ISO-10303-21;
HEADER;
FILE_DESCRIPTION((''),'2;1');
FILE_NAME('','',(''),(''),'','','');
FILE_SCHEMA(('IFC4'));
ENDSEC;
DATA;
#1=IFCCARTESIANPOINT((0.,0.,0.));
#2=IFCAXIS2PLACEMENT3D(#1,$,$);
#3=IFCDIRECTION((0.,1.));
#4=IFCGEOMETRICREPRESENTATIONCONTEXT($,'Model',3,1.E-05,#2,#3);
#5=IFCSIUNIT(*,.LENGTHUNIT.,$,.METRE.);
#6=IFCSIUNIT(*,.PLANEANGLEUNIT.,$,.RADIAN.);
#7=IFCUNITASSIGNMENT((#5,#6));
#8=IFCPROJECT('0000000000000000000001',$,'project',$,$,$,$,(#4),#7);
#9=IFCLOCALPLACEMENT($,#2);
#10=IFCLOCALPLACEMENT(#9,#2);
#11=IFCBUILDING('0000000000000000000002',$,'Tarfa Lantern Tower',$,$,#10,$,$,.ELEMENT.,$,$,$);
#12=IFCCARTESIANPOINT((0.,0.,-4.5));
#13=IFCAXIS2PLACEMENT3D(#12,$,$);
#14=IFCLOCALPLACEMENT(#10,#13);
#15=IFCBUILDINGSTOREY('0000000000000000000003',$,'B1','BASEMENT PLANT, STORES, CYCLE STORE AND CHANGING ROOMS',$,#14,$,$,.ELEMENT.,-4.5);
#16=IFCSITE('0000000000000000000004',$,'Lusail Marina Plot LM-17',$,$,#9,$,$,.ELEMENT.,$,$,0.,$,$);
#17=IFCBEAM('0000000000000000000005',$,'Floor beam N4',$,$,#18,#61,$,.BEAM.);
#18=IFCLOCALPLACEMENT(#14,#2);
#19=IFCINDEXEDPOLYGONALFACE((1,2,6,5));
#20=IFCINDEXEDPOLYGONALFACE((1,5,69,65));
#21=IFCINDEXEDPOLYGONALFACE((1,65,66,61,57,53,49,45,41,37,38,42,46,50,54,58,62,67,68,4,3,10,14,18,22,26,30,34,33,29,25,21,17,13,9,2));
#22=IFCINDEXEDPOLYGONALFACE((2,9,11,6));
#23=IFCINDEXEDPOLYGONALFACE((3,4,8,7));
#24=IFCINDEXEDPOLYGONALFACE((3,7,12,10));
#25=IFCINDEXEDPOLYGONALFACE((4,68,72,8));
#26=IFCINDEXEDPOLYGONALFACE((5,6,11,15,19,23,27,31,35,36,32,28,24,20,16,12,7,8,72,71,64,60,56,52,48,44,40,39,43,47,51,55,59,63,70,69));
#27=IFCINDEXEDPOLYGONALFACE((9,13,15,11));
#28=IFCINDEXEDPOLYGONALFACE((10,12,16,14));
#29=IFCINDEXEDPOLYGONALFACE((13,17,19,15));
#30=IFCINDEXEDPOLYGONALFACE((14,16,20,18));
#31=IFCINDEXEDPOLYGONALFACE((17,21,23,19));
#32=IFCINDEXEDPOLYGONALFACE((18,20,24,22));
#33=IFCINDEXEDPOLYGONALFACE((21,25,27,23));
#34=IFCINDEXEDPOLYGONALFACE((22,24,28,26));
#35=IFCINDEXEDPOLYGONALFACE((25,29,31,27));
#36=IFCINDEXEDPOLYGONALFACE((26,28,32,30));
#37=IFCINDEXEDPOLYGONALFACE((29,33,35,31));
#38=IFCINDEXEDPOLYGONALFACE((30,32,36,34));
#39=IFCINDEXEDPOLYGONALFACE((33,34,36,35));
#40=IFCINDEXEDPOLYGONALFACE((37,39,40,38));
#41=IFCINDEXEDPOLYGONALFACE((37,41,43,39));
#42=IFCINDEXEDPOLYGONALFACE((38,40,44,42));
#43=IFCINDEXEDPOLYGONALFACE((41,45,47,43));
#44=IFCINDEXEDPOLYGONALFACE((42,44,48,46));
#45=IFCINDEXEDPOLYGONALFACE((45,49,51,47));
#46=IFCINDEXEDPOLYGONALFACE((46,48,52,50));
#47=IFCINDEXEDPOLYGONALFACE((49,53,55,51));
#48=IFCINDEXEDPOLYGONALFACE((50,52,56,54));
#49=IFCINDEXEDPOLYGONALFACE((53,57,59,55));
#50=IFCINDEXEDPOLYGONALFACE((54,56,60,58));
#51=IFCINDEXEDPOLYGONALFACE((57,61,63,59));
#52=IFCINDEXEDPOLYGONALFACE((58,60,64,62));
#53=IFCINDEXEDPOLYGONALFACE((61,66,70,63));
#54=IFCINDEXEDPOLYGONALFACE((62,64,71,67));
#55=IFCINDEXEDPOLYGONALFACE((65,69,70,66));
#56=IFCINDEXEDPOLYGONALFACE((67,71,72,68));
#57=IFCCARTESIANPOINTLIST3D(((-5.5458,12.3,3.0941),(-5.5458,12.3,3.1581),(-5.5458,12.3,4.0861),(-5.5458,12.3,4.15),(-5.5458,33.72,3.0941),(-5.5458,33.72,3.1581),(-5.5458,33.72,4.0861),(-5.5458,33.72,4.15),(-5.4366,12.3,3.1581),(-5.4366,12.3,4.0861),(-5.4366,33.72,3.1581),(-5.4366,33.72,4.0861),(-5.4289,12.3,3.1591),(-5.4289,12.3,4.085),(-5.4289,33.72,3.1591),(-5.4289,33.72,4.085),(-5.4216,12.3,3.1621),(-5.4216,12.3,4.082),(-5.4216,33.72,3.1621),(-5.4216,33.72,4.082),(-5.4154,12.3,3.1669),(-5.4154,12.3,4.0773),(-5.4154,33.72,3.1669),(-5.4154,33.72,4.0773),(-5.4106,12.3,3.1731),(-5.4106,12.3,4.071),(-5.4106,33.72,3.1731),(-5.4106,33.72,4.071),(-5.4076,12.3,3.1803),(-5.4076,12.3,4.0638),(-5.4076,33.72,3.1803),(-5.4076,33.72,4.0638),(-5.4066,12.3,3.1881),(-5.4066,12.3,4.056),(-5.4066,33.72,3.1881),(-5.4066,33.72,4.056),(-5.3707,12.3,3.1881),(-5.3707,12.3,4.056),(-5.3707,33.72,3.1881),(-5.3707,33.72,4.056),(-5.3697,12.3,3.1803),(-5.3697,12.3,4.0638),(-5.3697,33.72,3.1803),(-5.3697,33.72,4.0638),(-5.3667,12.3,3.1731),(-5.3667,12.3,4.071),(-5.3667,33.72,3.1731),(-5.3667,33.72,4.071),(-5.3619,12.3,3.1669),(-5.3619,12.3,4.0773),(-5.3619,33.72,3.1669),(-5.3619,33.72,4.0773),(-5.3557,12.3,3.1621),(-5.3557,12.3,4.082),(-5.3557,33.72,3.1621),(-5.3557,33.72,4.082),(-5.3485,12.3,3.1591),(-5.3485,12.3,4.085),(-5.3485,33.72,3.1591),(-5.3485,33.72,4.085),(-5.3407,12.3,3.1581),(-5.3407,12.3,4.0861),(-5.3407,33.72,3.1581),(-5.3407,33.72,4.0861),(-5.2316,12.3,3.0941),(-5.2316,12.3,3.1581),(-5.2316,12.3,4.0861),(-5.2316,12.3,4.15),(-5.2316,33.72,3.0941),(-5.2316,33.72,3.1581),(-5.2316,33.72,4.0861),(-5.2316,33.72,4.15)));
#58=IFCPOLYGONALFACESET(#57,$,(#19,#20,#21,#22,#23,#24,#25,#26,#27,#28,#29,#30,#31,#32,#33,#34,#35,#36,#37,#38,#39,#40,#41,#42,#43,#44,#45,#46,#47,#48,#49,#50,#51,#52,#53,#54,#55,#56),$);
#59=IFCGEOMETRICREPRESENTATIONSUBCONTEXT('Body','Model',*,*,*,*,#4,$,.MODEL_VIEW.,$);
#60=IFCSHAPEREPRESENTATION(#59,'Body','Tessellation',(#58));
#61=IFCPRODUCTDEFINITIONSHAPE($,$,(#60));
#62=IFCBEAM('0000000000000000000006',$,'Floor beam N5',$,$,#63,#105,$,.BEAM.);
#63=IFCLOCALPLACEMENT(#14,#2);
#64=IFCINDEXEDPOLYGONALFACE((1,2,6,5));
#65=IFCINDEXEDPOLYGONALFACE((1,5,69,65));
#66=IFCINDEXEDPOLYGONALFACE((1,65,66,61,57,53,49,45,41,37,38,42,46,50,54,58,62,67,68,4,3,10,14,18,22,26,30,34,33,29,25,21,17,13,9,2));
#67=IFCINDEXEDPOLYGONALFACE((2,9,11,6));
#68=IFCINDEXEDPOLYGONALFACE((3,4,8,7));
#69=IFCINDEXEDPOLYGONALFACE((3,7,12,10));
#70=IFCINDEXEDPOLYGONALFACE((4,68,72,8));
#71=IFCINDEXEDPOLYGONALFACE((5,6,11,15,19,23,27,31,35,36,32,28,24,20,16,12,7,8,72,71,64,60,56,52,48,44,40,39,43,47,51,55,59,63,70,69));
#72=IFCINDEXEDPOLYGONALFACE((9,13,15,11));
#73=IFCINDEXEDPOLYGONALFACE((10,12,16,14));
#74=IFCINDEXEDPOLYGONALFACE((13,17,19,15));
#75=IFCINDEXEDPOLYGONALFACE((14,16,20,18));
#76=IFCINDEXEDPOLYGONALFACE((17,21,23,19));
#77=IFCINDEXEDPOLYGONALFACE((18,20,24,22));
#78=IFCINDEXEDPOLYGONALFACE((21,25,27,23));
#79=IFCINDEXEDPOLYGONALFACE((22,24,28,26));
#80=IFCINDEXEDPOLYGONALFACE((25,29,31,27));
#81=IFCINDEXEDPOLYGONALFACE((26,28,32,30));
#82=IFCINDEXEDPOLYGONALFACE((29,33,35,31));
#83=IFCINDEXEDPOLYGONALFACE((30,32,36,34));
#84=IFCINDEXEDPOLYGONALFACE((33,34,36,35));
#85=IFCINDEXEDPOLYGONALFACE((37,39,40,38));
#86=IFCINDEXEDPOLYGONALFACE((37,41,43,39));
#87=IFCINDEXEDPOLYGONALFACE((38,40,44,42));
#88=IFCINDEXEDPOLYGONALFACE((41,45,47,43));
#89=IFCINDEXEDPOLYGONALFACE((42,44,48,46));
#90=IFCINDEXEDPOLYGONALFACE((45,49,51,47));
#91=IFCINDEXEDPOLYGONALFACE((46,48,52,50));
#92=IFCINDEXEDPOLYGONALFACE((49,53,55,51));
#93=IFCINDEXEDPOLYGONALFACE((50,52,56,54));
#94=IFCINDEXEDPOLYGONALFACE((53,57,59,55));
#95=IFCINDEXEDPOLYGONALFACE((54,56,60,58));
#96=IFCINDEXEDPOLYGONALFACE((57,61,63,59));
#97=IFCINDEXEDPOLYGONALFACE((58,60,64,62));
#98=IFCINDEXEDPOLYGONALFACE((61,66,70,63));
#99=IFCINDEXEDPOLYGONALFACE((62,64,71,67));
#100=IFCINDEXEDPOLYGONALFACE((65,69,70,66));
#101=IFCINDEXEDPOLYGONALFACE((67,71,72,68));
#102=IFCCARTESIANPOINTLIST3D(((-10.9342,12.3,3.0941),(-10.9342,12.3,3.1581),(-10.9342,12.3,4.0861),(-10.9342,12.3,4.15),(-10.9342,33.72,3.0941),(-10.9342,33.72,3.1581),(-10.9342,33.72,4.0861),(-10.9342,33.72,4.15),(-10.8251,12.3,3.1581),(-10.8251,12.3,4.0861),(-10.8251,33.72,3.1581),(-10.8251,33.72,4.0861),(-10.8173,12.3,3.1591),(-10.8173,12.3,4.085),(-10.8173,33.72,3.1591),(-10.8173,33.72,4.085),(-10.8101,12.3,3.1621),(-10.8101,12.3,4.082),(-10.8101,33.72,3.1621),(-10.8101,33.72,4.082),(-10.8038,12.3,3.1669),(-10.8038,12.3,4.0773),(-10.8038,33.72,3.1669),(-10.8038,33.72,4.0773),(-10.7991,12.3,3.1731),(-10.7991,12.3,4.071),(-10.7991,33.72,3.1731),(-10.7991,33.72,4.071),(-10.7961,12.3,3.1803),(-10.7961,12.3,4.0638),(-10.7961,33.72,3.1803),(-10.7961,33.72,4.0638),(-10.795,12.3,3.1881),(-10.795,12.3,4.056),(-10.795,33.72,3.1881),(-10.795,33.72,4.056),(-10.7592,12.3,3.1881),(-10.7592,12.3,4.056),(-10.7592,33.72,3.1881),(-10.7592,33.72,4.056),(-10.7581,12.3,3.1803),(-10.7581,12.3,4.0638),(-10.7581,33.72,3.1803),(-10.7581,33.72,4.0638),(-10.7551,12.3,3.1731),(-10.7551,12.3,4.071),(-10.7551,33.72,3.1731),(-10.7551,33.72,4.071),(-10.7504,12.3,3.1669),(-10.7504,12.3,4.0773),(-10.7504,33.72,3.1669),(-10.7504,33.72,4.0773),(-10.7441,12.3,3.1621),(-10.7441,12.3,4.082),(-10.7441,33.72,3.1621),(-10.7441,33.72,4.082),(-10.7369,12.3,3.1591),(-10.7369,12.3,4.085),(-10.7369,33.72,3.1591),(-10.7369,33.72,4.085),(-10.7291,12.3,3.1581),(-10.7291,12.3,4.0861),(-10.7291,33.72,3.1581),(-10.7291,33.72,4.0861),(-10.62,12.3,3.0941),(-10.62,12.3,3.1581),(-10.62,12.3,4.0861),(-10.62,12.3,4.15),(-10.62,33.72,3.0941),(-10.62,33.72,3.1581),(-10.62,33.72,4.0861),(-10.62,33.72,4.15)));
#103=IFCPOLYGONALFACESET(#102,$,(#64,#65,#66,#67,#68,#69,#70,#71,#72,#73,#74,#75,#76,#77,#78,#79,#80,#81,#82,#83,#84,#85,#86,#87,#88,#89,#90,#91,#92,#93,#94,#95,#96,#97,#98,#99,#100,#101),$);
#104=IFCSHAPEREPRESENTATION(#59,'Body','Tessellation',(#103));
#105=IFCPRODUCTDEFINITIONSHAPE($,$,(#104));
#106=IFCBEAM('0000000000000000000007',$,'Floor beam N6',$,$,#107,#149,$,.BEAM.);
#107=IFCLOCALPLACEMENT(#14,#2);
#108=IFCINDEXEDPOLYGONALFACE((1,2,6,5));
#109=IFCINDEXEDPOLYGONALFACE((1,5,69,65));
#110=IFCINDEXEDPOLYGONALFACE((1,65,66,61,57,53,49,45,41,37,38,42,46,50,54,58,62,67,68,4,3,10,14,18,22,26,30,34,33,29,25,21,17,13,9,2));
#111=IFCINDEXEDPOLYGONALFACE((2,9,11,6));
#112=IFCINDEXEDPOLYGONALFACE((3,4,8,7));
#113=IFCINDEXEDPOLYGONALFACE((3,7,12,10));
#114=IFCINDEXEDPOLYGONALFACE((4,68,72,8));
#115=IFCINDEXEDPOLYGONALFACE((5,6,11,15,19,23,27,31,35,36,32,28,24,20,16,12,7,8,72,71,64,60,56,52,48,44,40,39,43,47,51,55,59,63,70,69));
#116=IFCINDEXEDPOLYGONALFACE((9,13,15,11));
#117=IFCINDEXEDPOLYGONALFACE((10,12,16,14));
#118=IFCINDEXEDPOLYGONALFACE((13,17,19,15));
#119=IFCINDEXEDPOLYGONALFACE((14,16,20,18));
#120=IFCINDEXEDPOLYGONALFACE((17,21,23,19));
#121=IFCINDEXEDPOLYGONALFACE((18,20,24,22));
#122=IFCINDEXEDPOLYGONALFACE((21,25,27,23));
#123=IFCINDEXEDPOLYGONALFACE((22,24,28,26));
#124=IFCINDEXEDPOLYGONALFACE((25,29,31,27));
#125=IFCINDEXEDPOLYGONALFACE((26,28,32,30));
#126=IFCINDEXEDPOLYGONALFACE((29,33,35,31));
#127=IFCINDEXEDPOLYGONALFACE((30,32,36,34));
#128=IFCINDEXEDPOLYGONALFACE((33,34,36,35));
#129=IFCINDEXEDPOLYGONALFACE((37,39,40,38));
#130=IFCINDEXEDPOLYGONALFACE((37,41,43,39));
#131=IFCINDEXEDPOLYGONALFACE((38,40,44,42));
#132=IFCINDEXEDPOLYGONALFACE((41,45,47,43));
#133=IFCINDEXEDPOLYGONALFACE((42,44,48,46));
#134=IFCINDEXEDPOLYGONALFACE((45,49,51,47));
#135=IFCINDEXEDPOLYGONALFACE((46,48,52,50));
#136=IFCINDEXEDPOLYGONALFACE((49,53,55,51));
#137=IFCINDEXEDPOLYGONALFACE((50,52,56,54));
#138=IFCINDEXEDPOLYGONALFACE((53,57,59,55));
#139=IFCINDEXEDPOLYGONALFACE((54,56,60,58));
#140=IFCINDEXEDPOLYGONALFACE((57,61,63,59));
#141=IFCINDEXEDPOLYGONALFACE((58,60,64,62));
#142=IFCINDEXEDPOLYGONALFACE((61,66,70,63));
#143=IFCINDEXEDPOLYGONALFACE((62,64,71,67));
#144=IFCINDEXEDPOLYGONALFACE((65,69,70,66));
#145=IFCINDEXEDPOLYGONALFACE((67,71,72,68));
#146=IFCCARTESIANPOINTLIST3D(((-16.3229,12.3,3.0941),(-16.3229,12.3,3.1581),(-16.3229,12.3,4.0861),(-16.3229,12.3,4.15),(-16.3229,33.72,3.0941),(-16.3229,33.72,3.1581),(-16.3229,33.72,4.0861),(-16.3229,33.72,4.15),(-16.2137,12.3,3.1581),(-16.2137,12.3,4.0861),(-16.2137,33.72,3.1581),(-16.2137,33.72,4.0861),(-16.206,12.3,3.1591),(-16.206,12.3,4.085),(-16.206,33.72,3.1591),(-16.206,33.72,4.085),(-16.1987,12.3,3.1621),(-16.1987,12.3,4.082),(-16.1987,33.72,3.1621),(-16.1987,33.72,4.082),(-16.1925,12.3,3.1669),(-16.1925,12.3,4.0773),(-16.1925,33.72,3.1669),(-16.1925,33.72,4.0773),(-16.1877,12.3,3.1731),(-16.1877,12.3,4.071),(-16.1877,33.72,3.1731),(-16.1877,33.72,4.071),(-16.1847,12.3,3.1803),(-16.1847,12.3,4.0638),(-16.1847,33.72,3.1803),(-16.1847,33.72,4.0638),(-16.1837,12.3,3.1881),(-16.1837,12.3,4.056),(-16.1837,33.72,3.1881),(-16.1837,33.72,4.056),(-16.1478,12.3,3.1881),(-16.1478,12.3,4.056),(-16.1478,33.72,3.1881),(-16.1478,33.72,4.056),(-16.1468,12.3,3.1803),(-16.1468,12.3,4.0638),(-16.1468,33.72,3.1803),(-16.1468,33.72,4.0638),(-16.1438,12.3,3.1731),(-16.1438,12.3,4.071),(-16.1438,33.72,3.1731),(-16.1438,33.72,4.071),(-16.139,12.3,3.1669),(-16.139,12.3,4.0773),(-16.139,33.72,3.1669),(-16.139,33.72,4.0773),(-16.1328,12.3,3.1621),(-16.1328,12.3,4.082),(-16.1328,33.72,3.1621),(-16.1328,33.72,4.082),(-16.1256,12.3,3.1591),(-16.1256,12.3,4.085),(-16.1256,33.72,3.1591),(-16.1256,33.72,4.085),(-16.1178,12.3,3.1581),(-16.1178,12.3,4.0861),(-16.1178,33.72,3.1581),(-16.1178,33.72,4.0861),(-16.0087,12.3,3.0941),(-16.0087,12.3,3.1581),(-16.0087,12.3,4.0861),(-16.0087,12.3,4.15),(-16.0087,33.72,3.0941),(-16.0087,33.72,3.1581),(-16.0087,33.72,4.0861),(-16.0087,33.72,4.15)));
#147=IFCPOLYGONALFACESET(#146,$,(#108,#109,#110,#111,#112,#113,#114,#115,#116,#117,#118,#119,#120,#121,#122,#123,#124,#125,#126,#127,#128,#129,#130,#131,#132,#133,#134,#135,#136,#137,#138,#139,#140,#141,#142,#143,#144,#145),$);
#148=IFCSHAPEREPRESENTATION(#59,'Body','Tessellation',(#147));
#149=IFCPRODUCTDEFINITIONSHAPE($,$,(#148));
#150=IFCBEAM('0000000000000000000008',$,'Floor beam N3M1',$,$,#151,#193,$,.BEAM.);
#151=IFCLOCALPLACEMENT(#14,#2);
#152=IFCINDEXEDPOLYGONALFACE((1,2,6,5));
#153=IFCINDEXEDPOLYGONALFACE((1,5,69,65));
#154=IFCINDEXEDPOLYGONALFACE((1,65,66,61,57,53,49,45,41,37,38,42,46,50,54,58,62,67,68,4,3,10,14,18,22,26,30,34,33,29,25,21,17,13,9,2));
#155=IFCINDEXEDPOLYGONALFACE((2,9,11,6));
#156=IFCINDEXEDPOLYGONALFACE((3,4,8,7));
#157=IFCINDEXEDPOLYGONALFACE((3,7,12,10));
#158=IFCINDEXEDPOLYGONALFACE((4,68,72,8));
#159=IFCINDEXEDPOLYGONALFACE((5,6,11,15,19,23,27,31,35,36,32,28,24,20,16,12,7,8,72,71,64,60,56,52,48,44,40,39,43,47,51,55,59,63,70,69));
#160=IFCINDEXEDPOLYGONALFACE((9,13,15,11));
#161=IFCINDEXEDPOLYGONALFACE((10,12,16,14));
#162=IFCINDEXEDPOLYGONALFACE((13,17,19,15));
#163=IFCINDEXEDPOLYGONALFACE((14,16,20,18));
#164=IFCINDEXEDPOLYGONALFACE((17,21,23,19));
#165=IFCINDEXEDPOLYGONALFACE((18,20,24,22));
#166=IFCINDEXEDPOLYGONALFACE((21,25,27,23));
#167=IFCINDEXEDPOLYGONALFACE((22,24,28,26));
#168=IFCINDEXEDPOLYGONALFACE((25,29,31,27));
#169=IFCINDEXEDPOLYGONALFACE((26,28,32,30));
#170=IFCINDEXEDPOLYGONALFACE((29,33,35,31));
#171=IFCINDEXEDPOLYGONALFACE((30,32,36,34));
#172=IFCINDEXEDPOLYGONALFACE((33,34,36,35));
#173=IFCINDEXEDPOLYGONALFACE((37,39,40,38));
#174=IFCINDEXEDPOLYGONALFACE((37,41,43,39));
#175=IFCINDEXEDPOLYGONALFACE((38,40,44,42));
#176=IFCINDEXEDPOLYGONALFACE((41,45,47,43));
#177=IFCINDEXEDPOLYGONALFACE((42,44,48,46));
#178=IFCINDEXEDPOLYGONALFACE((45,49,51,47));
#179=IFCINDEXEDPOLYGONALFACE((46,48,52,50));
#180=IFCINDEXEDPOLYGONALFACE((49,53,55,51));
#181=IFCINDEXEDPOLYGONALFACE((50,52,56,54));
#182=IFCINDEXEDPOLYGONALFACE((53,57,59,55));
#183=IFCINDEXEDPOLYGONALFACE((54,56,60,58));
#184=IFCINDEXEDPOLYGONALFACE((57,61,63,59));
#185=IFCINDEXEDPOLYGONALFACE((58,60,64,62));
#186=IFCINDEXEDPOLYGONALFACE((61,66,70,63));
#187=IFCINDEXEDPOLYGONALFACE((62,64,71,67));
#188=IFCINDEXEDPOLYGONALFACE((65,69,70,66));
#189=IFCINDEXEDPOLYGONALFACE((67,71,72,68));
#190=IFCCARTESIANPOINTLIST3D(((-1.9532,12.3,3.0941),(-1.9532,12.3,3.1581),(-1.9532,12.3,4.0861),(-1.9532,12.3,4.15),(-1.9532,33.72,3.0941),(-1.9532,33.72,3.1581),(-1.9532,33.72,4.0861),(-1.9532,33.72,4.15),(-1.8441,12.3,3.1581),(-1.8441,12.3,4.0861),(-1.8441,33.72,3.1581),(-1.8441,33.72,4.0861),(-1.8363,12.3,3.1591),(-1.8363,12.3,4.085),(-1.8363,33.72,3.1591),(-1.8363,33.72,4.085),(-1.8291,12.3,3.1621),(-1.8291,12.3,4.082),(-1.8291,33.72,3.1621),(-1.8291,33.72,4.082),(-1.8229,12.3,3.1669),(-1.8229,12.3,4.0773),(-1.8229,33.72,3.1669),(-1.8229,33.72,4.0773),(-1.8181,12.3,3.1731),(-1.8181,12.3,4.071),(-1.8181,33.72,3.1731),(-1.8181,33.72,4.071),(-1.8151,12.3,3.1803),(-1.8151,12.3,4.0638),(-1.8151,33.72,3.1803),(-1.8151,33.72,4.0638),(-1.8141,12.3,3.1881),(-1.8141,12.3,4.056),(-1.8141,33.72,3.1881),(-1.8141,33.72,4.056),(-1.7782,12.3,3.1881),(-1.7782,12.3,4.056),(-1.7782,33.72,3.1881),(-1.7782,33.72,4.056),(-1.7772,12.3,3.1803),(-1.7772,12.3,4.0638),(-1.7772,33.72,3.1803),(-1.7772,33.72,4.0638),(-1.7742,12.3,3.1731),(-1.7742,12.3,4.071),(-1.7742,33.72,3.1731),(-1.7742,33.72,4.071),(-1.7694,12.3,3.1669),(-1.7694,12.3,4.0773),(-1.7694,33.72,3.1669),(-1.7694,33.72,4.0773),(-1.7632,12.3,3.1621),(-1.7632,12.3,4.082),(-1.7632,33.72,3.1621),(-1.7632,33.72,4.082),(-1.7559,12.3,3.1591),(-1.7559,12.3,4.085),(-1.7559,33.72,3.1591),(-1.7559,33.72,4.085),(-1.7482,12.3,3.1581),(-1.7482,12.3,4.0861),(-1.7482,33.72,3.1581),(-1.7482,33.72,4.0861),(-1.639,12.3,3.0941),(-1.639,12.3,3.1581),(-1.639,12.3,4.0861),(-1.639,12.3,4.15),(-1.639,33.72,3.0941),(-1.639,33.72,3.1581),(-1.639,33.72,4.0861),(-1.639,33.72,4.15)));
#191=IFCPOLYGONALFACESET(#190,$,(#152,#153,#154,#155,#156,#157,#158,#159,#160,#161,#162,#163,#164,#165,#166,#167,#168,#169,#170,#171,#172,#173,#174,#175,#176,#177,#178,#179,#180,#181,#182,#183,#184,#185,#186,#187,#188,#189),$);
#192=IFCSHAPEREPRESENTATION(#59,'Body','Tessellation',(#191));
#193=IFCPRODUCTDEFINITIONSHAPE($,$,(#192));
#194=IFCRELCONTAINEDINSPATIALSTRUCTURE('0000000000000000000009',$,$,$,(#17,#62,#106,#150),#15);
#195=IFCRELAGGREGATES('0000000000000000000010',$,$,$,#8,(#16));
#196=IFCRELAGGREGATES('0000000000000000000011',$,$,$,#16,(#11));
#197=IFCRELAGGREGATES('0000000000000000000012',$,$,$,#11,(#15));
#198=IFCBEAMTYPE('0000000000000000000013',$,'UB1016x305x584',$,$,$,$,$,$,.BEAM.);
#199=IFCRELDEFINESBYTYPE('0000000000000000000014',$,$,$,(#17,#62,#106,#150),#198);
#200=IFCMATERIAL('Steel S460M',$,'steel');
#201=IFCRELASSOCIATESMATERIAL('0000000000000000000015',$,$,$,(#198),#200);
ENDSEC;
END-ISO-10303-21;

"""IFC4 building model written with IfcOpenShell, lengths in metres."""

from ifc_helpers import new_model, si_unit, direction, frame, origin, origin_2d, place, context, subcontext, project, spatial, i_section, extrude, material, material_profile, profile_set, type_object, element, save


model = new_model("IFC4")

# Units and contexts
model_context = context("Model", 3, precision=1e-05, world=origin(), true_north=direction((0.0, 1.0)))
body_context = subcontext(model_context, "Body", "Model", "MODEL_VIEW")
ifc_project = project(units=[si_unit("LENGTHUNIT", "METRE"), si_unit("PLANEANGLEUNIT", "RADIAN")], contexts=[model_context])

# Site, building, storey
site_placement = place(None, origin())
site = spatial("IfcSite", under=ifc_project, at=site_placement, Name="Lusail Marina Plot LM-17", CompositionType="ELEMENT", RefElevation=0.0)
building_placement = place(site_placement, origin())
building = spatial("IfcBuilding", under=site, at=building_placement, Name="Tarfa Lantern Tower", CompositionType="ELEMENT")
storey_placement = place(building_placement, frame((0.0, 0.0, -4.5)))
storey = spatial("IfcBuildingStorey", under=building, at=storey_placement, Name="B1", Description="BASEMENT PLANT, STORES, CYCLE STORE AND CHANGING ROOMS", CompositionType="ELEMENT", Elevation=-4.5)

# Beams
ifc_material_1 = material(Name="Steel S460M", Category="steel")
ifc_material_profile_1 = material_profile(ifc_material_1, i_section(OverallWidth=0.3142, OverallDepth=1.0559, WebThickness=0.0359, FlangeThickness=0.064, FilletRadius=0.03, at=origin_2d()), Name="UB1016x305x584")
ifc_profile_set_1 = profile_set([ifc_material_profile_1], Name="Steel S460M")
beam_type_1 = type_object("IfcBeamType", Name="UB1016x305x584", PredefinedType="BEAM", material=ifc_profile_set_1)
for number, where, z_axis, x_axis, name in (
    (1, (-5.3887, 33.72, 3.6221), (0.0, -1.0, 0.0), (1.0, 0.0, 0.0), "Floor beam N4"),
    (2, (-10.7771, 33.72, 3.6221), (0.0, -1.0, 0.0), (1.0, 0.0, 0.0), "Floor beam N5"),
    (3, (-16.1658, 33.72, 3.6221), (0.0, -1.0, 0.0), (1.0, 0.0, 0.0), "Floor beam N6"),
    (4, (-1.7961, 33.72, 3.6221), (0.0, -1.0, 0.0), (1.0, 0.0, 0.0), "Floor beam N3M1"),
):
    element("IfcBeam", number, at=place(storey_placement, frame(where, z_axis=z_axis, x_axis=x_axis)), inside=storey, type_object=beam_type_1, Name=name, PredefinedType="BEAM", context=body_context, shape_type="SweptSolid", body=[
        extrude(i_section(OverallWidth=0.3142, OverallDepth=1.0559, WebThickness=0.0359, FlangeThickness=0.064, FilletRadius=0.03, at=origin_2d()), origin(), (0.0, 0.0, 1.0), 21.4199),
    ])

save(model, "model.ifc")
